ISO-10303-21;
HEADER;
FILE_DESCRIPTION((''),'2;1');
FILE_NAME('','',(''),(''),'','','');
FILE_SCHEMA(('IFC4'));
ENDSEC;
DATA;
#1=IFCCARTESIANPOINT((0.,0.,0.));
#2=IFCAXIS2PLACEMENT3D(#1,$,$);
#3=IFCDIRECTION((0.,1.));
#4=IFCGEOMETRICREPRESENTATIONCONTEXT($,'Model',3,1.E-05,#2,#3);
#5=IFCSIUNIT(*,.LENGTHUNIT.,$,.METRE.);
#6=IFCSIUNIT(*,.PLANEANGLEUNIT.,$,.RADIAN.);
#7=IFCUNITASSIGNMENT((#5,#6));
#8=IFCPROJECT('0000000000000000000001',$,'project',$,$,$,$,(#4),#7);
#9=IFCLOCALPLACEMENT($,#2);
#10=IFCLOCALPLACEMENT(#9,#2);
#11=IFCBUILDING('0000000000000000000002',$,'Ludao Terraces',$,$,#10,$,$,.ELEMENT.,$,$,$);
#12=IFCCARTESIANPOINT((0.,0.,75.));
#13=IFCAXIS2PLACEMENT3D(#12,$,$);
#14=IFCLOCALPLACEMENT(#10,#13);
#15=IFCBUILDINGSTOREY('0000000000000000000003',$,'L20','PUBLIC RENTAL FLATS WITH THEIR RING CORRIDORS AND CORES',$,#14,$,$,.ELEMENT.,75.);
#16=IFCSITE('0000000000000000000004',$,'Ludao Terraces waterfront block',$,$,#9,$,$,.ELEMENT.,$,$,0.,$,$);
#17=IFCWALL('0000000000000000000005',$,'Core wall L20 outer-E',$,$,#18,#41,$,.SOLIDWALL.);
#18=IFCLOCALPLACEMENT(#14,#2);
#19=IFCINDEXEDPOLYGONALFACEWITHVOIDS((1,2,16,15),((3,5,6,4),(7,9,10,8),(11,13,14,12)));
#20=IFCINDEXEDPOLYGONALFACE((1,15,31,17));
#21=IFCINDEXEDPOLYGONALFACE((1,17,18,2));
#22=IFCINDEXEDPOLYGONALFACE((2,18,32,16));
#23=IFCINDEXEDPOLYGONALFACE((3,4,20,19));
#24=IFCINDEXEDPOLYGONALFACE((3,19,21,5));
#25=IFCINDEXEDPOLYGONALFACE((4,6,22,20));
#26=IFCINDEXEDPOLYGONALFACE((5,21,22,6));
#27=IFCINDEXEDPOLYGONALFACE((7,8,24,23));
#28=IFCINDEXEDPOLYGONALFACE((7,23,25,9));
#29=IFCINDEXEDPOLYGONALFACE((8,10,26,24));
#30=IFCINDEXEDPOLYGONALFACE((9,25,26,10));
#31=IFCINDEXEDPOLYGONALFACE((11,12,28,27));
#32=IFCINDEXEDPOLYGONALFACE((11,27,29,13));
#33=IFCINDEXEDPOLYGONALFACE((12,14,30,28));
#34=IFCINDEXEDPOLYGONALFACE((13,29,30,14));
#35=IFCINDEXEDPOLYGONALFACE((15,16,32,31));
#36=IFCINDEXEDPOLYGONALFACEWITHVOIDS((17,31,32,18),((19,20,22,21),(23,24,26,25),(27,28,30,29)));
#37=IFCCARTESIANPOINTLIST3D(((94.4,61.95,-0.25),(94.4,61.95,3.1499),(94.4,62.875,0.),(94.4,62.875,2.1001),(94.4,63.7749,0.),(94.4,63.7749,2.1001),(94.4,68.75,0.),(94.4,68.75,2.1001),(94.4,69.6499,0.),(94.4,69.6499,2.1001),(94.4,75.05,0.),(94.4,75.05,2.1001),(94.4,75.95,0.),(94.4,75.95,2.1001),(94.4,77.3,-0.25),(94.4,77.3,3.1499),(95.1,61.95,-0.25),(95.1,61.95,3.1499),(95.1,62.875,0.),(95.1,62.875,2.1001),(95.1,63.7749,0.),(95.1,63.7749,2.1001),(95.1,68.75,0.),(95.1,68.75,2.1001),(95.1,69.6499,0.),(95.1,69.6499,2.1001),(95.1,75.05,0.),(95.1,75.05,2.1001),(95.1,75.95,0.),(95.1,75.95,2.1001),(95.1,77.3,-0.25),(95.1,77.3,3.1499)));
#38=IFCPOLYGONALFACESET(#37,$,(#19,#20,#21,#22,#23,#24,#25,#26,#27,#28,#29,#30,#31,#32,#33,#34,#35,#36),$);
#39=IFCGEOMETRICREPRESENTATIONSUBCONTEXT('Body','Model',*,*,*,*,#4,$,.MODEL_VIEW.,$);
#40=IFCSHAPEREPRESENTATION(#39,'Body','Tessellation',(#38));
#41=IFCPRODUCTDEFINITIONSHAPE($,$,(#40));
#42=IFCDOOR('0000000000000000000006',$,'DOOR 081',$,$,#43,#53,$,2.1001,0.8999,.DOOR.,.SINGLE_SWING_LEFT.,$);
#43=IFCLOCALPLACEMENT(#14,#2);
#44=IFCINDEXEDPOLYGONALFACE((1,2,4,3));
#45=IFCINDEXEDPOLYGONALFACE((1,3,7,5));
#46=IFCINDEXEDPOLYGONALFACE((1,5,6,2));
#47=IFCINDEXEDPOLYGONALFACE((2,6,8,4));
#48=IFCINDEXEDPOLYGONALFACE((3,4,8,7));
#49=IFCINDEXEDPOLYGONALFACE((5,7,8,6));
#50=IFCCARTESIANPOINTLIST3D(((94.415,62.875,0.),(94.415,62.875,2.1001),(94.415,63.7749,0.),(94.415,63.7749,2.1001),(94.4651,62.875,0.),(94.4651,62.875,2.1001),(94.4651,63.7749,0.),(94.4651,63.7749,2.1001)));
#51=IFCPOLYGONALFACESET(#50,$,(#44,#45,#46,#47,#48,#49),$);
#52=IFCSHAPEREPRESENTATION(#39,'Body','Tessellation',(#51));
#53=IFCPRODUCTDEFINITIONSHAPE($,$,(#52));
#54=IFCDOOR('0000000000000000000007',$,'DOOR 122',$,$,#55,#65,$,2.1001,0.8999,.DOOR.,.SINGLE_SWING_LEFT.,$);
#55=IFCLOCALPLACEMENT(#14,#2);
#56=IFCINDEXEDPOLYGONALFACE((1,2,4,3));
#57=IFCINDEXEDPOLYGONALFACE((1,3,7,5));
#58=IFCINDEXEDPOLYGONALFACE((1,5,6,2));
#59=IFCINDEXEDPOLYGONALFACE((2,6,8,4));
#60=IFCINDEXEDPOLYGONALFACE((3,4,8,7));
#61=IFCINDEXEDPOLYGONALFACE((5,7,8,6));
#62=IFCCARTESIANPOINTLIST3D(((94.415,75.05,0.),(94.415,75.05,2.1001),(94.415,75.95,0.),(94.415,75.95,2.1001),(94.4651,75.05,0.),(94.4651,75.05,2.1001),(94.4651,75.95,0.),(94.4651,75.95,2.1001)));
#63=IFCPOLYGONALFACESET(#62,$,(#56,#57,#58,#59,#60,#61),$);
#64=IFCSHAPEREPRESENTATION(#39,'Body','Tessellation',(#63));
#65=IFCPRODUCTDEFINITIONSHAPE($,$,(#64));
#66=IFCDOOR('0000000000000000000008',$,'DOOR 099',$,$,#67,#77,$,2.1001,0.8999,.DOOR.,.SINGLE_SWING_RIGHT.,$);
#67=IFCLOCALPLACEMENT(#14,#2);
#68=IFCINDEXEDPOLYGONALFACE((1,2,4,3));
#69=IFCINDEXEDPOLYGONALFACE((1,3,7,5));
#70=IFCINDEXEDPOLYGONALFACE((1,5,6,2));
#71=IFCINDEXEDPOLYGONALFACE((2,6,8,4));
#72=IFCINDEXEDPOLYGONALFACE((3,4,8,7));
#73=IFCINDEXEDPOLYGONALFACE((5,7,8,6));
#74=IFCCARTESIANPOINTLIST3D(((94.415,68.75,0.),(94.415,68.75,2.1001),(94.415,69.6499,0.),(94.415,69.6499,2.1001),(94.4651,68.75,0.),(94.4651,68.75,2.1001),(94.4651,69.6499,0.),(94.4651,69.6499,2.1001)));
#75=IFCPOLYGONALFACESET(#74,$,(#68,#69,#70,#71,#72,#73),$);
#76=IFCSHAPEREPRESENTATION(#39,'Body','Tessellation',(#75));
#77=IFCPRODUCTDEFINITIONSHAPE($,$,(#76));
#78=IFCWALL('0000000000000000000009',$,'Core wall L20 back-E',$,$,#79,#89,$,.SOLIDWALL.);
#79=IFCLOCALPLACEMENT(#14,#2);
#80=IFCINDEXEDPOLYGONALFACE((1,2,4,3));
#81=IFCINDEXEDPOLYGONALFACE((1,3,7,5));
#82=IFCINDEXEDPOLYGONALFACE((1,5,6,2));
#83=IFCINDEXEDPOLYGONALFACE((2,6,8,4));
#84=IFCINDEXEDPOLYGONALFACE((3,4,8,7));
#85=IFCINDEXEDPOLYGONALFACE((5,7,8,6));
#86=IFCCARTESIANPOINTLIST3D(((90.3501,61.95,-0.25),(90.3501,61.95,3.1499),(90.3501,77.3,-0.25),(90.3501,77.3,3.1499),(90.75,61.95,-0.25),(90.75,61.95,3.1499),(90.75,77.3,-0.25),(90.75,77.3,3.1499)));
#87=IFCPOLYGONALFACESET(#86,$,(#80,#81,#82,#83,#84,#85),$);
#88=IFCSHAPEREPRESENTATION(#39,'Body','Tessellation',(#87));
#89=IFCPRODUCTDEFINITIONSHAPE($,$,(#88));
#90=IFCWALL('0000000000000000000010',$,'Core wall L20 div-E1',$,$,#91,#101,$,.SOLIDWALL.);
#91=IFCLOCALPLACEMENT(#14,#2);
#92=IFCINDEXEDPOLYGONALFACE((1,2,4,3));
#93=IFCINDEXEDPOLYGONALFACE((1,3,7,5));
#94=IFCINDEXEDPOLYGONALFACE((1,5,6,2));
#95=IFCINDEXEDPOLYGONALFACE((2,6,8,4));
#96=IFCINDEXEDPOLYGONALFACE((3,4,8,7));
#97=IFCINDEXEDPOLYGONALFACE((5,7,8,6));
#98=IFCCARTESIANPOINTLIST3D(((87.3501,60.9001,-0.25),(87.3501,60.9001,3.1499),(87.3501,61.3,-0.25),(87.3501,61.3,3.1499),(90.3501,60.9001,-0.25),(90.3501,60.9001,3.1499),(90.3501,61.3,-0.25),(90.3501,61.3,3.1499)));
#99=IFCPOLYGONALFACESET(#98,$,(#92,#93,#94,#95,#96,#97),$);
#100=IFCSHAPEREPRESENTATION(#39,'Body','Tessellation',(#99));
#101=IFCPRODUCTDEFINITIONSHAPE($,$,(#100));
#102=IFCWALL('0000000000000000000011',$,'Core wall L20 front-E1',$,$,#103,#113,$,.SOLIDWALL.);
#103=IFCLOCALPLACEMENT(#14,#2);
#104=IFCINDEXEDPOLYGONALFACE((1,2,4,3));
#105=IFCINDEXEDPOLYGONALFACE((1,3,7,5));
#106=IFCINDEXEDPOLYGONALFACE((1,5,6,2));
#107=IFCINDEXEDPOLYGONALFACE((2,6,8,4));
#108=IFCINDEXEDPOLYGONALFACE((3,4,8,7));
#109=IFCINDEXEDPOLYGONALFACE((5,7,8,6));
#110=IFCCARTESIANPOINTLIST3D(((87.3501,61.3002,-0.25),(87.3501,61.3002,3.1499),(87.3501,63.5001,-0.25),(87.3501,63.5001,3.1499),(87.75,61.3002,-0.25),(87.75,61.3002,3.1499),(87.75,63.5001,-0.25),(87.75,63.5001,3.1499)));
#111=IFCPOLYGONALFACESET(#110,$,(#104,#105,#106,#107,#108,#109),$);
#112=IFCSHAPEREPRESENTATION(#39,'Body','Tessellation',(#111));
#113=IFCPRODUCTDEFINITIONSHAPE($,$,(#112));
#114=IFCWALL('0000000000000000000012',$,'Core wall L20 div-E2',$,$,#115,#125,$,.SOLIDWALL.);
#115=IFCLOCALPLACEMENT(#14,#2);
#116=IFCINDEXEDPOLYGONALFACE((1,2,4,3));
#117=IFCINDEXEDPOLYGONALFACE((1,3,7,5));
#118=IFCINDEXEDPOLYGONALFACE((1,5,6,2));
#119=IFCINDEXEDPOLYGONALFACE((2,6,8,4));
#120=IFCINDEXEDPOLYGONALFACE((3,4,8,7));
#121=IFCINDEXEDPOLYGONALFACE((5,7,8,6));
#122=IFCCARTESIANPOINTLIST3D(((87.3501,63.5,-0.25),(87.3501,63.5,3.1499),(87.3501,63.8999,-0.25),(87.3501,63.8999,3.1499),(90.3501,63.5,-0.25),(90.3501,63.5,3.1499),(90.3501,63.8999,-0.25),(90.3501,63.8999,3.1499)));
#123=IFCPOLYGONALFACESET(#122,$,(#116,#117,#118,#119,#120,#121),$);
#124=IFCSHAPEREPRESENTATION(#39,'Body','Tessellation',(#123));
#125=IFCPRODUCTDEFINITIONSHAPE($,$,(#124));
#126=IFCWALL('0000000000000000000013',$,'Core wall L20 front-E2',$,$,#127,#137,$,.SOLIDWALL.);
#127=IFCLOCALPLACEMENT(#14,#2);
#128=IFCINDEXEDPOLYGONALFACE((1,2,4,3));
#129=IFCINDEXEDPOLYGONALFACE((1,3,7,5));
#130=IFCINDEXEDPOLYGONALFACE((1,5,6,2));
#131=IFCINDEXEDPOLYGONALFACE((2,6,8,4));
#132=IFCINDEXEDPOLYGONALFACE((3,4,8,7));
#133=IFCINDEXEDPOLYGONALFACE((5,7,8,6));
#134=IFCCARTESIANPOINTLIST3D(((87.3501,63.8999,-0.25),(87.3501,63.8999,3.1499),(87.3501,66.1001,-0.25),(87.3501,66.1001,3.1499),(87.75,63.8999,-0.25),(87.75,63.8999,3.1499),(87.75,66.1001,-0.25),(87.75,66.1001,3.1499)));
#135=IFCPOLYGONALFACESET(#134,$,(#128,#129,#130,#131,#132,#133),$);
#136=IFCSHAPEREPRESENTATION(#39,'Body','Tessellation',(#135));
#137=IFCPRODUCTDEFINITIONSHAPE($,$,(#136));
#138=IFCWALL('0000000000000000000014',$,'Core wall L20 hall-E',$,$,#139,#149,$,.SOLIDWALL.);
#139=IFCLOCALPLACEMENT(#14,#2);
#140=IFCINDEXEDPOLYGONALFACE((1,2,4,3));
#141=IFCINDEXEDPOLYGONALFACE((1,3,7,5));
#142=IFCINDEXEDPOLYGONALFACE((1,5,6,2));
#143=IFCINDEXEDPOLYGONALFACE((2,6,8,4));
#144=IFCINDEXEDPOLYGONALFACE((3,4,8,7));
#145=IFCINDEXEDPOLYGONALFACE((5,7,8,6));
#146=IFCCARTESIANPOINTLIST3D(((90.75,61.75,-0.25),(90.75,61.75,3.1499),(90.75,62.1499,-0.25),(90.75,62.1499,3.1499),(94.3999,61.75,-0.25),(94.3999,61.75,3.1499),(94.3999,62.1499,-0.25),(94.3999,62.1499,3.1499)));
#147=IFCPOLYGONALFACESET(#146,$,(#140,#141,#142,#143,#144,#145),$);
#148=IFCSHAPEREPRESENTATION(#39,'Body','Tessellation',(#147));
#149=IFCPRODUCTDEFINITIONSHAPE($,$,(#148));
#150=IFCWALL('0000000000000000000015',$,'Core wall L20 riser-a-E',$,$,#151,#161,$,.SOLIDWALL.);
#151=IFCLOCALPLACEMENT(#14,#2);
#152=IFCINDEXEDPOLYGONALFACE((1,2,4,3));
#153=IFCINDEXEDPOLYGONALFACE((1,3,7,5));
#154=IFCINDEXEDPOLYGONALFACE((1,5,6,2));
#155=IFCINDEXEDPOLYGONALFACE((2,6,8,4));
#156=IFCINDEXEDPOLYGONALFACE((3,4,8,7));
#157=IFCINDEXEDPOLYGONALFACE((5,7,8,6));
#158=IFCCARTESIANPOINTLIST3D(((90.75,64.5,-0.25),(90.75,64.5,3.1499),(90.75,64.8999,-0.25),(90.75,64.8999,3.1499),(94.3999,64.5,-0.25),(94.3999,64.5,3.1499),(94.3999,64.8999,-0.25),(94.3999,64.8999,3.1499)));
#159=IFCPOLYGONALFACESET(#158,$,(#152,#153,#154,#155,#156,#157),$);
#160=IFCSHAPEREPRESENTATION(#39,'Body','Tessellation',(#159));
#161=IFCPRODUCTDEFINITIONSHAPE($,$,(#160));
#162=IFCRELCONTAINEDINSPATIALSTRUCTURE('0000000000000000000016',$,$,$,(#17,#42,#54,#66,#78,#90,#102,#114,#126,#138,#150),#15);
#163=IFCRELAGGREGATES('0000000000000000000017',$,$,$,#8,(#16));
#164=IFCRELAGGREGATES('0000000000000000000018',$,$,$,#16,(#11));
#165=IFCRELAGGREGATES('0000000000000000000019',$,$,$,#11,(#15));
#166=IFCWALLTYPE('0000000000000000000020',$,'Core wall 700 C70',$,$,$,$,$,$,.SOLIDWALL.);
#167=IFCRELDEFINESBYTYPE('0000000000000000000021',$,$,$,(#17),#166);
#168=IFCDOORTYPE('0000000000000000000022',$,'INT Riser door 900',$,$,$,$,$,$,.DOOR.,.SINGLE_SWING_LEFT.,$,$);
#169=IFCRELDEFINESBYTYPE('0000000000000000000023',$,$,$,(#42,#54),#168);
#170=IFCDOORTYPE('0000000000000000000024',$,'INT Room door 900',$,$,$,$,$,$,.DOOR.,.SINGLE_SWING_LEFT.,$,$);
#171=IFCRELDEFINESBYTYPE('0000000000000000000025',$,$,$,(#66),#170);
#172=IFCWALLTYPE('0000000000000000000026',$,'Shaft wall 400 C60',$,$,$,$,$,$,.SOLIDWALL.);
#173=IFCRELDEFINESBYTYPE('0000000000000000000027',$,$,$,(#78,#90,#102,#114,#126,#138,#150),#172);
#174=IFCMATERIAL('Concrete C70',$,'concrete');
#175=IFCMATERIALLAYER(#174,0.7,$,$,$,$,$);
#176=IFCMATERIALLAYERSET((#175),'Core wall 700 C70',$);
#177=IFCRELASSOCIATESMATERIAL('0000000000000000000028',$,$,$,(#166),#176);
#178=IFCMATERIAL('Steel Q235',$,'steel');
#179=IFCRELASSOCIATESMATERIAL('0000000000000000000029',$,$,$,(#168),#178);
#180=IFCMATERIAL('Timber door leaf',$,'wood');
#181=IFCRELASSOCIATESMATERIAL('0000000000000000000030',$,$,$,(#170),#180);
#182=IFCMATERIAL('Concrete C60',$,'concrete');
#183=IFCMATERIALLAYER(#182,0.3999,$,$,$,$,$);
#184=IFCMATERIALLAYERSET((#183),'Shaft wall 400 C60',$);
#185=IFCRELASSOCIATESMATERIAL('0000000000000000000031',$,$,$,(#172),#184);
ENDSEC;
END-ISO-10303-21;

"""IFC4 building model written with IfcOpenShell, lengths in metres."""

from ifc_helpers import new_model, si_unit, direction, frame, frame_2d, origin, place, context, subcontext, project, spatial, rectangle, extrude, material, layer, layer_set, type_object, element, fill, save


model = new_model("IFC4")

# Units and contexts
model_context = context("Model", 3, precision=1e-05, world=origin(), true_north=direction((0.0, 1.0)))
body_context = subcontext(model_context, "Body", "Model", "MODEL_VIEW")
ifc_project = project(units=[si_unit("LENGTHUNIT", "METRE"), si_unit("PLANEANGLEUNIT", "RADIAN")], contexts=[model_context])

# Site, building, storey
site_placement = place(None, origin())
site = spatial("IfcSite", under=ifc_project, at=site_placement, Name="Ludao Terraces waterfront block", CompositionType="ELEMENT", RefElevation=0.0)
building_placement = place(site_placement, origin())
building = spatial("IfcBuilding", under=site, at=building_placement, Name="Ludao Terraces", CompositionType="ELEMENT")
storey_placement = place(building_placement, frame((0.0, 0.0, 75.0)))
storey = spatial("IfcBuildingStorey", under=building, at=storey_placement, Name="L20", Description="PUBLIC RENTAL FLATS WITH THEIR RING CORRIDORS AND CORES", CompositionType="ELEMENT", Elevation=75.0)

# Wall, openings, doors
ifc_material_1 = material(Name="Concrete C70", Category="concrete")
ifc_layer_1 = layer(ifc_material_1, 0.7)
ifc_layer_set_1 = layer_set([ifc_layer_1], Name="Core wall 700 C70")
wall_type_1 = type_object("IfcWallType", Name="Core wall 700 C70", PredefinedType="SOLIDWALL", material=ifc_layer_set_1)
wall_1_placement = place(storey_placement, frame((94.75, 61.95, -0.25), z_axis=(0.0, 0.0, 1.0), x_axis=(0.0, 1.0, 0.0)))
wall_1 = element("IfcWall", 1, at=wall_1_placement, inside=storey, type_object=wall_type_1, Name="Core wall L20 outer-E", PredefinedType="SOLIDWALL", context=body_context, shape_type="SweptSolid", body=[
    extrude(rectangle(XDim=15.3501, YDim=0.7, at=frame_2d((7.675, 0.0))), origin(), (0.0, 0.0, 1.0), 3.3999),
])
opening_1_placement = place(wall_1_placement, frame((0.925, 0.0, 0.25)))
opening_1 = element("IfcOpeningElement", 2, at=opening_1_placement, cuts=wall_1, PredefinedType="OPENING", context=body_context, shape_type="SweptSolid", body=[
    extrude(rectangle(XDim=0.8999, YDim=2.1001, at=frame_2d((0.45, 1.05))), frame((0.0, 0.3599, 0.0), z_axis=(0.0, -1.0, 0.0), x_axis=(1.0, 0.0, 0.0)), (0.0, 0.0, 1.0), 0.72),
])
opening_2_placement = place(wall_1_placement, frame((6.8, 0.0, 0.25)))
opening_2 = element("IfcOpeningElement", 3, at=opening_2_placement, cuts=wall_1, PredefinedType="OPENING", context=body_context, shape_type="SweptSolid", body=[
    extrude(rectangle(XDim=0.8999, YDim=2.1001, at=frame_2d((0.45, 1.05))), frame((0.0, 0.3599, 0.0), z_axis=(0.0, -1.0, 0.0), x_axis=(1.0, 0.0, 0.0)), (0.0, 0.0, 1.0), 0.72),
])
opening_3_placement = place(wall_1_placement, frame((13.1001, 0.0, 0.25)))
opening_3 = element("IfcOpeningElement", 4, at=opening_3_placement, cuts=wall_1, PredefinedType="OPENING", context=body_context, shape_type="SweptSolid", body=[
    extrude(rectangle(XDim=0.8999, YDim=2.1001, at=frame_2d((0.45, 1.05))), frame((0.0, 0.3599, 0.0), z_axis=(0.0, -1.0, 0.0), x_axis=(1.0, 0.0, 0.0)), (0.0, 0.0, 1.0), 0.72),
])
ifc_material_2 = material(Name="Steel Q235", Category="steel")
door_type_1 = type_object("IfcDoorType", Name="INT Riser door 900", OperationType="SINGLE_SWING_LEFT", PredefinedType="DOOR", material=ifc_material_2)
door_1_placement = place(opening_1_placement, origin())
door_1 = element("IfcDoor", 5, at=door_1_placement, inside=storey, type_object=door_type_1, Name="DOOR 081", OperationType="SINGLE_SWING_LEFT", OverallHeight=2.1001, OverallWidth=0.8999, PredefinedType="DOOR", context=body_context, shape_type="SweptSolid", body=[
    extrude(rectangle(XDim=0.8999, YDim=2.1001, at=frame_2d((0.45, 1.05))), frame((0.0, 0.335, 0.0), z_axis=(0.0, -1.0, 0.0), x_axis=(1.0, 0.0, 0.0)), (0.0, 0.0, 1.0), 0.05),
])
fill(opening_1, door_1)
door_2_placement = place(opening_3_placement, origin())
door_2 = element("IfcDoor", 6, at=door_2_placement, inside=storey, type_object=door_type_1, Name="DOOR 122", OperationType="SINGLE_SWING_LEFT", OverallHeight=2.1001, OverallWidth=0.8999, PredefinedType="DOOR", context=body_context, shape_type="SweptSolid", body=[
    extrude(rectangle(XDim=0.8999, YDim=2.1001, at=frame_2d((0.45, 1.05))), frame((0.0, 0.335, 0.0), z_axis=(0.0, -1.0, 0.0), x_axis=(1.0, 0.0, 0.0)), (0.0, 0.0, 1.0), 0.05),
])
fill(opening_3, door_2)
ifc_material_3 = material(Name="Timber door leaf", Category="wood")
door_type_2 = type_object("IfcDoorType", Name="INT Room door 900", OperationType="SINGLE_SWING_LEFT", PredefinedType="DOOR", material=ifc_material_3)
door_3_placement = place(opening_2_placement, origin())
door_3 = element("IfcDoor", 7, at=door_3_placement, inside=storey, type_object=door_type_2, Name="DOOR 099", OperationType="SINGLE_SWING_RIGHT", OverallHeight=2.1001, OverallWidth=0.8999, PredefinedType="DOOR", context=body_context, shape_type="SweptSolid", body=[
    extrude(rectangle(XDim=0.8999, YDim=2.1001, at=frame_2d((0.45, 1.05))), frame((0.0, 0.335, 0.0), z_axis=(0.0, -1.0, 0.0), x_axis=(1.0, 0.0, 0.0)), (0.0, 0.0, 1.0), 0.05),
])
fill(opening_2, door_3)

# Walls
ifc_material_4 = material(Name="Concrete C60", Category="concrete")
ifc_layer_2 = layer(ifc_material_4, 0.3999)
ifc_layer_set_2 = layer_set([ifc_layer_2], Name="Shaft wall 400 C60")
wall_type_2 = type_object("IfcWallType", Name="Shaft wall 400 C60", PredefinedType="SOLIDWALL", material=ifc_layer_set_2)
wall_2_placement = place(storey_placement, frame((90.55, 61.95, -0.25), z_axis=(0.0, 0.0, 1.0), x_axis=(0.0, 1.0, 0.0)))
element("IfcWall", 8, at=wall_2_placement, inside=storey, type_object=wall_type_2, Name="Core wall L20 back-E", PredefinedType="SOLIDWALL", context=body_context, shape_type="SweptSolid", body=[
    extrude(rectangle(XDim=15.3501, YDim=0.3999, at=frame_2d((7.675, 0.0))), origin(), (0.0, 0.0, 1.0), 3.3999),
])
wall_3_placement = place(storey_placement, frame((87.3501, 61.1001, -0.25), z_axis=(0.0, 0.0, 1.0), x_axis=(1.0, 0.0, 0.0)))
element("IfcWall", 9, at=wall_3_placement, inside=storey, type_object=wall_type_2, Name="Core wall L20 div-E1", PredefinedType="SOLIDWALL", context=body_context, shape_type="SweptSolid", body=[
    extrude(rectangle(XDim=3.0, YDim=0.3999, at=frame_2d((1.5, 0.0))), origin(), (0.0, 0.0, 1.0), 3.3999),
])
wall_4_placement = place(storey_placement, frame((87.55, 61.3, -0.25), z_axis=(0.0, 0.0, 1.0), x_axis=(0.0, 1.0, 0.0)))
element("IfcWall", 10, at=wall_4_placement, inside=storey, type_object=wall_type_2, Name="Core wall L20 front-E1", PredefinedType="SOLIDWALL", context=body_context, shape_type="SweptSolid", body=[
    extrude(rectangle(XDim=2.2, YDim=0.3999, at=frame_2d((1.1001, 0.0))), origin(), (0.0, 0.0, 1.0), 3.3999),
])
wall_5_placement = place(storey_placement, frame((87.3501, 63.7, -0.25), z_axis=(0.0, 0.0, 1.0), x_axis=(1.0, 0.0, 0.0)))
element("IfcWall", 11, at=wall_5_placement, inside=storey, type_object=wall_type_2, Name="Core wall L20 div-E2", PredefinedType="SOLIDWALL", context=body_context, shape_type="SweptSolid", body=[
    extrude(rectangle(XDim=3.0, YDim=0.3999, at=frame_2d((1.5, 0.0))), origin(), (0.0, 0.0, 1.0), 3.3999),
])
wall_6_placement = place(storey_placement, frame((87.55, 63.8999, -0.25), z_axis=(0.0, 0.0, 1.0), x_axis=(0.0, 1.0, 0.0)))
element("IfcWall", 12, at=wall_6_placement, inside=storey, type_object=wall_type_2, Name="Core wall L20 front-E2", PredefinedType="SOLIDWALL", context=body_context, shape_type="SweptSolid", body=[
    extrude(rectangle(XDim=2.2002, YDim=0.3999, at=frame_2d((1.1001, 0.0))), origin(), (0.0, 0.0, 1.0), 3.3999),
])
for number, where, z_axis, x_axis, name in (
    (13, (90.75, 61.95, -0.25), (0.0, 0.0, 1.0), (1.0, 0.0, 0.0), "Core wall L20 hall-E"),
    (14, (90.75, 64.7, -0.25), (0.0, 0.0, 1.0), (1.0, 0.0, 0.0), "Core wall L20 riser-a-E"),
):
    element("IfcWall", number, at=place(storey_placement, frame(where, z_axis=z_axis, x_axis=x_axis)), inside=storey, type_object=wall_type_2, Name=name, PredefinedType="SOLIDWALL", context=body_context, shape_type="SweptSolid", body=[
        extrude(rectangle(XDim=3.6499, YDim=0.3999, at=frame_2d((1.825, 0.0))), origin(), (0.0, 0.0, 1.0), 3.3999),
    ])

save(model, "model.ifc")
